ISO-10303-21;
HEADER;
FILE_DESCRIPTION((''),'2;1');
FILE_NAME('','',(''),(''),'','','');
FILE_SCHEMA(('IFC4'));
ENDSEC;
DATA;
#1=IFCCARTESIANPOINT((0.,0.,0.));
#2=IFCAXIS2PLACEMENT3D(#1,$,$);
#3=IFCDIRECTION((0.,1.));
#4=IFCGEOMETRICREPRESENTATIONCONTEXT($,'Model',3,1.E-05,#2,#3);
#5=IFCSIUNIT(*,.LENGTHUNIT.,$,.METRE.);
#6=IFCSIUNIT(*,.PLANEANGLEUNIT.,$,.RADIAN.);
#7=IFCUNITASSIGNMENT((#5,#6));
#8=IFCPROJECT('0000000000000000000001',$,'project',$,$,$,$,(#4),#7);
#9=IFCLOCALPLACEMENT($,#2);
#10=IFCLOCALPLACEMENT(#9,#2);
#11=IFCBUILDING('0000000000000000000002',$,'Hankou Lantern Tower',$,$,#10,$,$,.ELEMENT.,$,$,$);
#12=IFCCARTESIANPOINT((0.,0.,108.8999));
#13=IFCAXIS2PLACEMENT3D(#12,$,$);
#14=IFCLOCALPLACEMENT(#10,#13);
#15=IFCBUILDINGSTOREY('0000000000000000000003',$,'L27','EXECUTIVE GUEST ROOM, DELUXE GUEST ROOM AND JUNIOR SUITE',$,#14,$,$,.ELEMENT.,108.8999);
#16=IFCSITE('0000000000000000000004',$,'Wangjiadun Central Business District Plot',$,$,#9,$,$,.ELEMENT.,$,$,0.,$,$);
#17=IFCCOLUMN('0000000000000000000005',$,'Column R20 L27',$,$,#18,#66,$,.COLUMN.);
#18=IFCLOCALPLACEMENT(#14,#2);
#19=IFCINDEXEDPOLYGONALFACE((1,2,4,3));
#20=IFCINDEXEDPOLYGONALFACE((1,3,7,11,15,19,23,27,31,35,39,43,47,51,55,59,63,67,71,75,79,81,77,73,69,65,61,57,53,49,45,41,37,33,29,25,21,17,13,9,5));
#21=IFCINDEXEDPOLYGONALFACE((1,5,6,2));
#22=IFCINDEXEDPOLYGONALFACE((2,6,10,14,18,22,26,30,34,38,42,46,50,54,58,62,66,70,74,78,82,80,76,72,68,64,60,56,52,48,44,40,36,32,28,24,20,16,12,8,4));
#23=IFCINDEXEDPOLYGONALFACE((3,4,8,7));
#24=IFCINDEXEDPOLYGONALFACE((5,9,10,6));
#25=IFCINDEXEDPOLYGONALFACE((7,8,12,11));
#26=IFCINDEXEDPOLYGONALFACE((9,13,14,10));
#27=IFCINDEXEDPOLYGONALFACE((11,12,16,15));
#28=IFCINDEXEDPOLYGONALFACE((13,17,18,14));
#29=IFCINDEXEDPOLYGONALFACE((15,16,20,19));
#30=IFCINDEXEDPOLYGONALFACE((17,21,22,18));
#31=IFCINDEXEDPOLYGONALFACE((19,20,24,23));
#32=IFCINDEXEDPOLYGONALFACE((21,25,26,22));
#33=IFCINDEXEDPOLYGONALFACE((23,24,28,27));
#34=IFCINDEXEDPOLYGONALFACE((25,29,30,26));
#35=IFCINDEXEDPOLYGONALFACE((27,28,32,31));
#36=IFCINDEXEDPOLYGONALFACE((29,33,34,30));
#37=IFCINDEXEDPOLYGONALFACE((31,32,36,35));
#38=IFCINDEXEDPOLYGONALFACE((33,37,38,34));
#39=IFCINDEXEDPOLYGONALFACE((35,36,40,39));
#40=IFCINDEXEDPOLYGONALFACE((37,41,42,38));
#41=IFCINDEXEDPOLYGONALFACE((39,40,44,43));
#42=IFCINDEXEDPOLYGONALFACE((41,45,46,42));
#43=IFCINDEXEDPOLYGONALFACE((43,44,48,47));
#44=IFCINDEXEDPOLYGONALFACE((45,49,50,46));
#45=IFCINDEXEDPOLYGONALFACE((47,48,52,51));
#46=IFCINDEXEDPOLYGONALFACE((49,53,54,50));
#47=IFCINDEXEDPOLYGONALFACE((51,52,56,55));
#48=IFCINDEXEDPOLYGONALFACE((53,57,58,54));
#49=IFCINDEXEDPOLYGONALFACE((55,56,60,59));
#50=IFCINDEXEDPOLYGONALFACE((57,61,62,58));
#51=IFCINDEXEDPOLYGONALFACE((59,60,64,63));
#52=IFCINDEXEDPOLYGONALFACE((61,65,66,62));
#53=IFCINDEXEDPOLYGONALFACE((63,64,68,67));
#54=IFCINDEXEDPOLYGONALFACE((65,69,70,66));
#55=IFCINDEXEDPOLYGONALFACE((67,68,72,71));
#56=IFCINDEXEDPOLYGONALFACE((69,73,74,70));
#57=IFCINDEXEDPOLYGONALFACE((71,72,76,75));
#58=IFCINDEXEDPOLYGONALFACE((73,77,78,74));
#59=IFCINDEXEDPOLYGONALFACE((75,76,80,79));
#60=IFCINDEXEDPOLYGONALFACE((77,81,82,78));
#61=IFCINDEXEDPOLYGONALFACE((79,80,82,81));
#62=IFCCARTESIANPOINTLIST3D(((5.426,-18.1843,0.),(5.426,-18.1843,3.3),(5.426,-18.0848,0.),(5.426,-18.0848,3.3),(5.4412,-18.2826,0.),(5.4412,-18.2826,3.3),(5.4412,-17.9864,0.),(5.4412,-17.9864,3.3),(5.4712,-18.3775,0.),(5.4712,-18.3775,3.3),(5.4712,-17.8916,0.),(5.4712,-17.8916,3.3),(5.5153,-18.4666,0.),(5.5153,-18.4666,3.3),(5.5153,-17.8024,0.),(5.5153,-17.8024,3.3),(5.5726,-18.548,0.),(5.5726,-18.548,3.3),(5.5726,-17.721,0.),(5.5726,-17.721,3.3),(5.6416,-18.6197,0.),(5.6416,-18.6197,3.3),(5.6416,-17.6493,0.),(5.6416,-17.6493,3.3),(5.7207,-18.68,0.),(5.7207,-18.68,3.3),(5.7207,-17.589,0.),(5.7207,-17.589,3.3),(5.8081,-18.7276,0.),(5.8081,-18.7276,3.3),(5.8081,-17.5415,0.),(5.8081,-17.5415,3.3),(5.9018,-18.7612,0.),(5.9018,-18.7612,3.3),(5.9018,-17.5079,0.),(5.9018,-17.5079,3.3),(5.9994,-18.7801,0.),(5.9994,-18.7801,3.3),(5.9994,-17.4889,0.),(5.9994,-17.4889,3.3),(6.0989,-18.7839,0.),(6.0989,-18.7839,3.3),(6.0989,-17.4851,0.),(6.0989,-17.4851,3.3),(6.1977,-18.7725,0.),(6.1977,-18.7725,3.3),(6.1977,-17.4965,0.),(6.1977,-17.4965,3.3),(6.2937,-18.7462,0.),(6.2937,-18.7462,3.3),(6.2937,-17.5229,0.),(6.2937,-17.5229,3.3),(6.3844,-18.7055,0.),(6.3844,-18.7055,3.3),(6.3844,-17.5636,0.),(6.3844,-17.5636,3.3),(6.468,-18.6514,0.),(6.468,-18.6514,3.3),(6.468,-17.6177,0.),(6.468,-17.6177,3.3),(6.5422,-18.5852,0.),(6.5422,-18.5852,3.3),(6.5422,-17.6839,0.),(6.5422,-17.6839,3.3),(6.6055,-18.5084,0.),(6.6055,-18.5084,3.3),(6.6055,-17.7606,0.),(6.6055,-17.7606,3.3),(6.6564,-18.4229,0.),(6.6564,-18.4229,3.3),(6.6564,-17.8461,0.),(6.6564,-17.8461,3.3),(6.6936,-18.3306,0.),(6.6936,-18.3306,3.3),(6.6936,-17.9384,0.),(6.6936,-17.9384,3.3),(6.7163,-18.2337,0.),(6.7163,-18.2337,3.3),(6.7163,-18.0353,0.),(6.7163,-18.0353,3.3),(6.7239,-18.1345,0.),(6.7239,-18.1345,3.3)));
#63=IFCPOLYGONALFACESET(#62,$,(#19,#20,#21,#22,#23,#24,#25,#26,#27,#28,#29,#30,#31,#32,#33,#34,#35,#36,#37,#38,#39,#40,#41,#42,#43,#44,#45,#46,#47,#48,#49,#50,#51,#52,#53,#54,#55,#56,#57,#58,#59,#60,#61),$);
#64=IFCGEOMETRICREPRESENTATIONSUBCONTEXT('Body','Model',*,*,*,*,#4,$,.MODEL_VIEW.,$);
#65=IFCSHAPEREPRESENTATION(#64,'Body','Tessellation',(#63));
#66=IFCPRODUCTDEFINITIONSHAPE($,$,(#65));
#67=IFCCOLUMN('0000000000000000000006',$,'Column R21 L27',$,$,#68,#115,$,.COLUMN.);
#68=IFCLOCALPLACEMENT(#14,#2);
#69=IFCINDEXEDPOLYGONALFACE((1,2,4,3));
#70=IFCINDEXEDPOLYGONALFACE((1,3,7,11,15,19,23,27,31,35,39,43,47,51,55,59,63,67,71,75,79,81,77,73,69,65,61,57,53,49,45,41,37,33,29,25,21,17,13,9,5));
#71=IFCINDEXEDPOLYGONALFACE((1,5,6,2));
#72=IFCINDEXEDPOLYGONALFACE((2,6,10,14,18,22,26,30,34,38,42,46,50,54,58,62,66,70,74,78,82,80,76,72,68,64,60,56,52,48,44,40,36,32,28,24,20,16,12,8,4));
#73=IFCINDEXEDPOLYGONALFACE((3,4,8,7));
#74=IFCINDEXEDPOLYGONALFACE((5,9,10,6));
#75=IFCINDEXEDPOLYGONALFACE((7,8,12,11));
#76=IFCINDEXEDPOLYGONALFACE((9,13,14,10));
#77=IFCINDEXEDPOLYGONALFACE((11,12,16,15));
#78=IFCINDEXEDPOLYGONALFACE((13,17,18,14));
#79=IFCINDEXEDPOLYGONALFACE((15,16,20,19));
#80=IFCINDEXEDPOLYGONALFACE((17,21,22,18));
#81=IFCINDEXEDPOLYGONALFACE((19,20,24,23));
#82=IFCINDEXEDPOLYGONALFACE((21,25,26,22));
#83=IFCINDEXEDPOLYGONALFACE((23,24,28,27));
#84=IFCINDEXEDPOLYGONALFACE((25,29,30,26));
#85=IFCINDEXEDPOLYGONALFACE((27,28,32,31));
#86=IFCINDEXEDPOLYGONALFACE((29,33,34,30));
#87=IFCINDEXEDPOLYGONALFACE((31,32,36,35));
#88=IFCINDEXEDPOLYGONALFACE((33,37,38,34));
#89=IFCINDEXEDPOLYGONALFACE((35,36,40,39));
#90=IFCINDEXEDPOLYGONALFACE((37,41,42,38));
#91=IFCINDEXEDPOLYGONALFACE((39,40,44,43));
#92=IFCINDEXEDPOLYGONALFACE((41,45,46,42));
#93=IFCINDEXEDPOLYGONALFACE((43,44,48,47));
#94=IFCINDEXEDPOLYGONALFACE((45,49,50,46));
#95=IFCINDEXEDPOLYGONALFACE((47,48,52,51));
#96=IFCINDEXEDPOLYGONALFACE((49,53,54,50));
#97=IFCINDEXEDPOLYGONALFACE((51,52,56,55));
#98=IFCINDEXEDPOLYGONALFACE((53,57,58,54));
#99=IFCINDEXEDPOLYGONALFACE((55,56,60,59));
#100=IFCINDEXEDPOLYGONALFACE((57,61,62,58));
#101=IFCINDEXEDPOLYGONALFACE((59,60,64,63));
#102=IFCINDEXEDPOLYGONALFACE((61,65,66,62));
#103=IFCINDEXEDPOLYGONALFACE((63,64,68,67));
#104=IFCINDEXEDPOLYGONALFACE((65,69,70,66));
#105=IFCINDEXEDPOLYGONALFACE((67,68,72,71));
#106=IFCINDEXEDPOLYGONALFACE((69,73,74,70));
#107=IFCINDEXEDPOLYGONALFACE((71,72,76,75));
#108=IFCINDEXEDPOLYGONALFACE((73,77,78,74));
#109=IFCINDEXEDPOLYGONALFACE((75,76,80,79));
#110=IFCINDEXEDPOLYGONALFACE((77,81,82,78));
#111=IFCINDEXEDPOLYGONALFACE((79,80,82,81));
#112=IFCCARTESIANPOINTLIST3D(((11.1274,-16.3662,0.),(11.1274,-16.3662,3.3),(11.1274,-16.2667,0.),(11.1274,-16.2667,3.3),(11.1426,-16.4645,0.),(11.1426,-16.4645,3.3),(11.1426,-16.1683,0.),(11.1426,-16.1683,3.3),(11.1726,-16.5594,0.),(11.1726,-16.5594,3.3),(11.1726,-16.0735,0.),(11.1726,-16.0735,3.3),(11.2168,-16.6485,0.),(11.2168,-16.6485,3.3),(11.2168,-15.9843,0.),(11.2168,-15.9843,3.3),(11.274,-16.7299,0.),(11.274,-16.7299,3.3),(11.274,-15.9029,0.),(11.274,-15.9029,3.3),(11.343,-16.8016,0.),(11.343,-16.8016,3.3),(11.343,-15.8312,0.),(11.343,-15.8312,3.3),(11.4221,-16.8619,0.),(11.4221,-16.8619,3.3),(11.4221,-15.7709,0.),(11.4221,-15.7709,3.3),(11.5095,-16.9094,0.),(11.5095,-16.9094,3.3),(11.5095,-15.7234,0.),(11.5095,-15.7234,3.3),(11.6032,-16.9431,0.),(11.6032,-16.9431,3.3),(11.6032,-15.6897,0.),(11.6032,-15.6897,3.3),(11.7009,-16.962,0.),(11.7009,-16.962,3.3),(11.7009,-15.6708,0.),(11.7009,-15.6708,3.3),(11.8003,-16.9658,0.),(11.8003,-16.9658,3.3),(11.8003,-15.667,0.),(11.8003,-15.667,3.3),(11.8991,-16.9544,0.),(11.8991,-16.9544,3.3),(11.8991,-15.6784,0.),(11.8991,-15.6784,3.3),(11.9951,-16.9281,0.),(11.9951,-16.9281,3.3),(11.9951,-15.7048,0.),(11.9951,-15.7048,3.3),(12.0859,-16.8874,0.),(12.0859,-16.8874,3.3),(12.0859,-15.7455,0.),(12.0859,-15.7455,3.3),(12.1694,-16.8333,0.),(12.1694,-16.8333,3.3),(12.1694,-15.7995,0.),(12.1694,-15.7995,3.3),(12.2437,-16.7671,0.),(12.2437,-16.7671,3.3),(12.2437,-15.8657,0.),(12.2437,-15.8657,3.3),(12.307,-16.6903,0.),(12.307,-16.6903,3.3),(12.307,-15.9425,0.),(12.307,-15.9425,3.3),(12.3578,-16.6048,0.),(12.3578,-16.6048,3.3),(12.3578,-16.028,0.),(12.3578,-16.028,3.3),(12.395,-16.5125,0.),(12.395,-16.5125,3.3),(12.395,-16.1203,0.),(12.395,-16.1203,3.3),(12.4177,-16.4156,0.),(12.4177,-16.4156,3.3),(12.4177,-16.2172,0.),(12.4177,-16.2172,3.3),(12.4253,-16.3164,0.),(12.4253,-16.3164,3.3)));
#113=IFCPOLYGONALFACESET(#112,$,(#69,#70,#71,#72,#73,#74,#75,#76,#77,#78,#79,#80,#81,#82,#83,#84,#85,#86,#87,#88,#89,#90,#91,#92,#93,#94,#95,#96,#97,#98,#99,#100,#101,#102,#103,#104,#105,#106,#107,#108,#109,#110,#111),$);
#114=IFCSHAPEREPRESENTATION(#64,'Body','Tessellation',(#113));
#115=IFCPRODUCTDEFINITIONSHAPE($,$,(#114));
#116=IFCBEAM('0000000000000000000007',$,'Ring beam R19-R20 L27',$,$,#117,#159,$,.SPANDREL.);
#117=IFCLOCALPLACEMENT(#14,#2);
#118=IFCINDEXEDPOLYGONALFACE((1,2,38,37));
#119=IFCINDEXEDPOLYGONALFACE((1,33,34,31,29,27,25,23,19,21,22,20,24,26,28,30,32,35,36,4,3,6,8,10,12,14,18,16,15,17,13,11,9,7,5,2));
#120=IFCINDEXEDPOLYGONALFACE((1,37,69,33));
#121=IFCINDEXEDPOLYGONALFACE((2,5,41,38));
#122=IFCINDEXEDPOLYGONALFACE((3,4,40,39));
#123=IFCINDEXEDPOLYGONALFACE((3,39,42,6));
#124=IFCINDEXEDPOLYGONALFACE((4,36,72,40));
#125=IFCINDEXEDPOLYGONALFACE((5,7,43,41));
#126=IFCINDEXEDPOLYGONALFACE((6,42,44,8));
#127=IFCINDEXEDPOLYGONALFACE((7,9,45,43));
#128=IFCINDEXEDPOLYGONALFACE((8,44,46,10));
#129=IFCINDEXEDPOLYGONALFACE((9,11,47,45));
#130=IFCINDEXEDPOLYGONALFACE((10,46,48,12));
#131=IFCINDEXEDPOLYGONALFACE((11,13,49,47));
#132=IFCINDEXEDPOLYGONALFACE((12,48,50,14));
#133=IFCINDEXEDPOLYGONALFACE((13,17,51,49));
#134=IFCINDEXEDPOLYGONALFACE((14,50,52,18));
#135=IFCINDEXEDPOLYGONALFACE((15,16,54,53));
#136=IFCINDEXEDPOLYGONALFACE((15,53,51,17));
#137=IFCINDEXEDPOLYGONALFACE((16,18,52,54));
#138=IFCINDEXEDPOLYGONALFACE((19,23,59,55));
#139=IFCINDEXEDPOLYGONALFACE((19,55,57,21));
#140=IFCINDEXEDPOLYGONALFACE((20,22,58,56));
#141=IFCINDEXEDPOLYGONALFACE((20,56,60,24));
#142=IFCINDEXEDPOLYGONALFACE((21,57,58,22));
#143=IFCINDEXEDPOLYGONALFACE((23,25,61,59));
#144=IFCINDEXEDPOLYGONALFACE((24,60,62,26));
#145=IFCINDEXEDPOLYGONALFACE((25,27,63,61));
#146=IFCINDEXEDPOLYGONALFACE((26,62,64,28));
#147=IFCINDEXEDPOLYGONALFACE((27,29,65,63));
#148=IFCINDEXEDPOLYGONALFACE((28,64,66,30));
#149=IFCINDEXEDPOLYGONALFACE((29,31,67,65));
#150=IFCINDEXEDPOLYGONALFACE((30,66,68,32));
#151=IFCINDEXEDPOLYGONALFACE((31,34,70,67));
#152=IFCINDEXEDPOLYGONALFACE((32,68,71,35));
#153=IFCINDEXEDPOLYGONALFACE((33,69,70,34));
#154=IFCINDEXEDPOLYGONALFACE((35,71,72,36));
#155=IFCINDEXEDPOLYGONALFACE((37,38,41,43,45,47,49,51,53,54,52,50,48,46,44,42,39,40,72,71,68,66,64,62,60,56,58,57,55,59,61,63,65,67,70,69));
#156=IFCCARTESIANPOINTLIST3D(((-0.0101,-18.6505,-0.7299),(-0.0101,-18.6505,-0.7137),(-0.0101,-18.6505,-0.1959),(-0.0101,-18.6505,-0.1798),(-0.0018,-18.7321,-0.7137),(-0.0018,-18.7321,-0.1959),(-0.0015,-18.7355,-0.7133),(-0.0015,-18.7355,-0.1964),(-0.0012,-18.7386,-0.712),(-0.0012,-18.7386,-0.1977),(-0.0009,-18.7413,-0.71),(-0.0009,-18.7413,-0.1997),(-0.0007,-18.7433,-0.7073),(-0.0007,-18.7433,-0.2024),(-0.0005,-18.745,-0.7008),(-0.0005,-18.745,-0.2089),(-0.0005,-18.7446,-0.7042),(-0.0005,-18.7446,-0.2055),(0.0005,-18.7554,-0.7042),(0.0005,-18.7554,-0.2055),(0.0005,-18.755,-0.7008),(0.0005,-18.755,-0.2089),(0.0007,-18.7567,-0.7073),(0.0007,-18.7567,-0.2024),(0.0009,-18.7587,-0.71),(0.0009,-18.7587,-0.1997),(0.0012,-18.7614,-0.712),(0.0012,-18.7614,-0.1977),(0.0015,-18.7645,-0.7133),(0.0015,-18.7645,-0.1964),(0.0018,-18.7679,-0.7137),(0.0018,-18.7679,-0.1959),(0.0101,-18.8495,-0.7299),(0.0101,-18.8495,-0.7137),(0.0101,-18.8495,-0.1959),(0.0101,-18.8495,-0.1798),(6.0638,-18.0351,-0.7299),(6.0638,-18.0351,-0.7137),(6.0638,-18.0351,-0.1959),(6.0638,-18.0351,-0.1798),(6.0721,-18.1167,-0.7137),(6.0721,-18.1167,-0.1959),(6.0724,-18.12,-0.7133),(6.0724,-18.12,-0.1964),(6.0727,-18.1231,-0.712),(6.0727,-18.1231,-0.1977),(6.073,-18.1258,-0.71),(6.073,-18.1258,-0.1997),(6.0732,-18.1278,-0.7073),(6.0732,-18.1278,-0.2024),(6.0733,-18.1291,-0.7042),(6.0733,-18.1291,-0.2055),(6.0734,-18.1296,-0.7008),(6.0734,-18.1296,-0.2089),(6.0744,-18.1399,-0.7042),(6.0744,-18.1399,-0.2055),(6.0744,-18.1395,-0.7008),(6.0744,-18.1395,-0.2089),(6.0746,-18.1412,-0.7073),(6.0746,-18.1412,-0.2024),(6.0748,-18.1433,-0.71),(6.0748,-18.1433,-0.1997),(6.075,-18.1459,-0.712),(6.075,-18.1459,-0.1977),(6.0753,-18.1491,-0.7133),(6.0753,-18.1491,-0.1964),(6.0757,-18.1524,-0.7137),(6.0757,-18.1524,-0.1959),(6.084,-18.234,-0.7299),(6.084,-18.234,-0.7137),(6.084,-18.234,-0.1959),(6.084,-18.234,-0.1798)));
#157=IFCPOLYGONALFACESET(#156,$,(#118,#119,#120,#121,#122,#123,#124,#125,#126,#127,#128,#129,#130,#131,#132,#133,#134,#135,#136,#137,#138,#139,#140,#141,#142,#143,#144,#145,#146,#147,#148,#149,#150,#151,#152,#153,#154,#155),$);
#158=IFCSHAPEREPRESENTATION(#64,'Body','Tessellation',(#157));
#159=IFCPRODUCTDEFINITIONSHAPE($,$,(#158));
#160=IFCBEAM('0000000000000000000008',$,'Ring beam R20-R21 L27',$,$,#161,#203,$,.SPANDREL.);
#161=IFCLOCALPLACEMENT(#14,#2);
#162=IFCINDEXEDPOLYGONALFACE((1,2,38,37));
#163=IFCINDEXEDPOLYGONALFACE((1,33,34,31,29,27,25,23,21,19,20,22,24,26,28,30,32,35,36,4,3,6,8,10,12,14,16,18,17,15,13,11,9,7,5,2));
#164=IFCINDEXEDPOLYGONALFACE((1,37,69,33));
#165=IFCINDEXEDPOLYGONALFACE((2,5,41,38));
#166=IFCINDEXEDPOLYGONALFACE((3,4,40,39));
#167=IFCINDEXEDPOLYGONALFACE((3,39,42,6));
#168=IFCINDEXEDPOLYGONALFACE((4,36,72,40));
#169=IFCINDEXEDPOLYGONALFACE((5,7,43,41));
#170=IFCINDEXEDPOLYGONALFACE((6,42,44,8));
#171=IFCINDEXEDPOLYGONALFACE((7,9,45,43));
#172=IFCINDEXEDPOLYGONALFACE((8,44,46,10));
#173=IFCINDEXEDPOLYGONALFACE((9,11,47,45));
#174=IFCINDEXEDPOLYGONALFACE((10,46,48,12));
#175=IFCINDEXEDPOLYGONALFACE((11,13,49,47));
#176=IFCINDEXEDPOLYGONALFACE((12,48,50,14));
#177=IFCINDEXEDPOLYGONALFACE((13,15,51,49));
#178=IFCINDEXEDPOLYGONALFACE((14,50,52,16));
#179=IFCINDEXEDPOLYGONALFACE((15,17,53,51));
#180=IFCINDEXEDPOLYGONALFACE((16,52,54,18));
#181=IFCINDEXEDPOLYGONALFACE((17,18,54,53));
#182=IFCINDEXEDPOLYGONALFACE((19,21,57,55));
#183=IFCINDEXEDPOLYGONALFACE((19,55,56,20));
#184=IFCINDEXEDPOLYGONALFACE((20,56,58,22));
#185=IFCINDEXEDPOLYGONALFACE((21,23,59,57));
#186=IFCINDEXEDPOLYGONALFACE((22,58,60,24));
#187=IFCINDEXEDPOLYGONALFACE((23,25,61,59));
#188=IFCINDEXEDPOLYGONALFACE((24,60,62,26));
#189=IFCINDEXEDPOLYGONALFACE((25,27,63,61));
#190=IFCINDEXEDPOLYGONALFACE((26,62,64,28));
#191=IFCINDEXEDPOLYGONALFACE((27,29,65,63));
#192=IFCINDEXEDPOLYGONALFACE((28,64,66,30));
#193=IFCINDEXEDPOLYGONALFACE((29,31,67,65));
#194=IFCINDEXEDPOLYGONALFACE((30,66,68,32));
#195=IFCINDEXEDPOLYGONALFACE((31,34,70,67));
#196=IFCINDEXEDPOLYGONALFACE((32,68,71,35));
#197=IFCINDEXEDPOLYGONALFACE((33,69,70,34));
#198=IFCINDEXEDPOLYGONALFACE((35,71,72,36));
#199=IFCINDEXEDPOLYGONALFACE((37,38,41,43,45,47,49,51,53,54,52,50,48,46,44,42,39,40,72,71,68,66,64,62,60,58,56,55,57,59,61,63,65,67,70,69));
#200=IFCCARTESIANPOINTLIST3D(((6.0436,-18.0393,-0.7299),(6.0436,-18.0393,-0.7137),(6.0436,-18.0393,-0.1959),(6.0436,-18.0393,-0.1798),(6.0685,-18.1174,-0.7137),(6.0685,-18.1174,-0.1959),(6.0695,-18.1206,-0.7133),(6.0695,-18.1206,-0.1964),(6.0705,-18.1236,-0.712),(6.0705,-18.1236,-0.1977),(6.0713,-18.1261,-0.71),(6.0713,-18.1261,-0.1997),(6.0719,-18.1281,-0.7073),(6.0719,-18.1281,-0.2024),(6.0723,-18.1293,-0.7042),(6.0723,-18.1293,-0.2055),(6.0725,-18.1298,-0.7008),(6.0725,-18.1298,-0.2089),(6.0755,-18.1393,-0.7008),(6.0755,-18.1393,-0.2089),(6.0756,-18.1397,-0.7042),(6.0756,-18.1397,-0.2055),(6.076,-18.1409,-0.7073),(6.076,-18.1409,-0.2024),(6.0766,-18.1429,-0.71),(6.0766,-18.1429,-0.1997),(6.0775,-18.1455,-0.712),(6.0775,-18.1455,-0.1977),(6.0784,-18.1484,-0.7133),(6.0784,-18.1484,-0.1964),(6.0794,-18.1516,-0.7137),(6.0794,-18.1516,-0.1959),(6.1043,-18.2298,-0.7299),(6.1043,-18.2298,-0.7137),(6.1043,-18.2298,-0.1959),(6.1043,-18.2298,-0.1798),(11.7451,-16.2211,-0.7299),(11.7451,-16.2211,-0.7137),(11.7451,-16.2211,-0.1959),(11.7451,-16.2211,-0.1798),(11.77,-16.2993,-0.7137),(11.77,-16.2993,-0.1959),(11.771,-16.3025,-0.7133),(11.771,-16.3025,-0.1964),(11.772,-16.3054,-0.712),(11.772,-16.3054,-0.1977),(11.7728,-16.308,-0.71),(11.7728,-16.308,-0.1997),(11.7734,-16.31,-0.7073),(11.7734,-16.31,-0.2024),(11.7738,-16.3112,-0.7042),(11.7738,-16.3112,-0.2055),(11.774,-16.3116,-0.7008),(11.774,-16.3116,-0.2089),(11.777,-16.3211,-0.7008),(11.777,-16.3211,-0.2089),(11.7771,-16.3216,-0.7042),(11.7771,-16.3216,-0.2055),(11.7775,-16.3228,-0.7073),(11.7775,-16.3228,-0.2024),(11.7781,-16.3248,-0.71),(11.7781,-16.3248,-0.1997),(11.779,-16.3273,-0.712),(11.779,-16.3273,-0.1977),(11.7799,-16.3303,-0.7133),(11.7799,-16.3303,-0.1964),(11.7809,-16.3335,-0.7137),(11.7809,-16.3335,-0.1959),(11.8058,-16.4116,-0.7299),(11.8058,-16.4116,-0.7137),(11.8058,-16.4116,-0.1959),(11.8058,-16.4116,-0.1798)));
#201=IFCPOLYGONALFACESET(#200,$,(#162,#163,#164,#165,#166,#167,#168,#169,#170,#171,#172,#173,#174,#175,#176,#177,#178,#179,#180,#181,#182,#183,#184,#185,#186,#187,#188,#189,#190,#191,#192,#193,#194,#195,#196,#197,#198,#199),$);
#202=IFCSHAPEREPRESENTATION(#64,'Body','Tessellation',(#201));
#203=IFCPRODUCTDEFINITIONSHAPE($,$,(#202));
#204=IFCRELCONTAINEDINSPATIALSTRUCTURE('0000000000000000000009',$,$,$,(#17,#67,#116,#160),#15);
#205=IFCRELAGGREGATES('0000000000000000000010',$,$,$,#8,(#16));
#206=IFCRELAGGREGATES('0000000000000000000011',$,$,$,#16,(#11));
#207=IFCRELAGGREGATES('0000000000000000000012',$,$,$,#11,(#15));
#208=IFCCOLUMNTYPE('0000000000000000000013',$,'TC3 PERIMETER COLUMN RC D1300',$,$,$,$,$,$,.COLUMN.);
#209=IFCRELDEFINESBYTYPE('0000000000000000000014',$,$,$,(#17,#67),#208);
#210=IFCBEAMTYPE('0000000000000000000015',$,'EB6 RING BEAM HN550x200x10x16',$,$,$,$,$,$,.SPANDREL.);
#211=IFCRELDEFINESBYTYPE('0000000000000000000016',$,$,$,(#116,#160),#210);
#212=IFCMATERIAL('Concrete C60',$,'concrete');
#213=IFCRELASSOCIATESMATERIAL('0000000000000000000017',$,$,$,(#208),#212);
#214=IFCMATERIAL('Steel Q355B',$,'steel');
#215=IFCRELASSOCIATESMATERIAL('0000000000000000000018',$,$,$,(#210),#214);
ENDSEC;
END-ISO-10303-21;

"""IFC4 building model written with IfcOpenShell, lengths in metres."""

from ifc_helpers import new_model, si_unit, direction, frame, origin, origin_2d, place, context, subcontext, project, spatial, circle, i_section, extrude, material, material_profile, profile_set, type_object, element, save


model = new_model("IFC4")

# Units and contexts
model_context = context("Model", 3, precision=1e-05, world=origin(), true_north=direction((0.0, 1.0)))
body_context = subcontext(model_context, "Body", "Model", "MODEL_VIEW")
ifc_project = project(units=[si_unit("LENGTHUNIT", "METRE"), si_unit("PLANEANGLEUNIT", "RADIAN")], contexts=[model_context])

# Site, building, storey
site_placement = place(None, origin())
site = spatial("IfcSite", under=ifc_project, at=site_placement, Name="Wangjiadun Central Business District Plot", CompositionType="ELEMENT", RefElevation=0.0)
building_placement = place(site_placement, origin())
building = spatial("IfcBuilding", under=site, at=building_placement, Name="Hankou Lantern Tower", CompositionType="ELEMENT")
storey_placement = place(building_placement, frame((0.0, 0.0, 108.8999)))
storey = spatial("IfcBuildingStorey", under=building, at=storey_placement, Name="L27", Description="EXECUTIVE GUEST ROOM, DELUXE GUEST ROOM AND JUNIOR SUITE", CompositionType="ELEMENT", Elevation=108.8999)

# Columns
ifc_material_1 = material(Name="Concrete C60", Category="concrete")
ifc_material_profile_1 = material_profile(ifc_material_1, circle(Radius=0.6499, at=origin_2d()), Name="RC D1300")
ifc_profile_set_1 = profile_set([ifc_material_profile_1], Name="Concrete C60")
column_type = type_object("IfcColumnType", Name="TC3 PERIMETER COLUMN RC D1300", PredefinedType="COLUMN", material=ifc_profile_set_1)
for number, where, z_axis, x_axis, name in (
    (1, (6.074, -18.1345, 0.0), (0.0, 0.0, 1.0), (1.0, 0.0, 0.0), "Column R20 L27"),
    (2, (11.7754, -16.3164, 0.0), (0.0, 0.0, 1.0), (1.0, 0.0, 0.0), "Column R21 L27"),
):
    element("IfcColumn", number, at=place(storey_placement, frame(where, z_axis=z_axis, x_axis=x_axis)), inside=storey, type_object=column_type, Name=name, PredefinedType="COLUMN", context=body_context, shape_type="SweptSolid", body=[
        extrude(circle(Radius=0.6499, at=origin_2d()), origin(), (0.0, 0.0, 1.0), 3.3),
    ])

# Beams
ifc_material_2 = material(Name="Steel Q355B", Category="steel")
ifc_material_profile_2 = material_profile(ifc_material_2, i_section(OverallWidth=0.2, OverallDepth=0.55, WebThickness=0.01, FlangeThickness=0.0161, FilletRadius=0.0129, at=origin_2d()), Name="HN550x200x10x16")
ifc_profile_set_2 = profile_set([ifc_material_profile_2], Name="Steel Q355B")
beam_type_1 = type_object("IfcBeamType", Name="EB6 RING BEAM HN550x200x10x16", PredefinedType="SPANDREL", material=ifc_profile_set_2)
beam_1_placement = place(storey_placement, frame((0.0, -18.75, -0.4548), z_axis=(0.994905, 0.100814, 0.0), x_axis=(-0.100814, 0.994905, 0.0)))
element("IfcBeam", 3, at=beam_1_placement, inside=storey, type_object=beam_type_1, Name="Ring beam R19-R20 L27", PredefinedType="SPANDREL", context=body_context, shape_type="SweptSolid", body=[
    extrude(i_section(OverallWidth=0.2, OverallDepth=0.55, WebThickness=0.01, FlangeThickness=0.0161, FilletRadius=0.0129, at=origin_2d()), origin(), (0.0, 0.0, 1.0), 6.105),
])
beam_2_placement = place(storey_placement, frame((6.074, -18.1345, -0.4548), z_axis=(0.952731, 0.303815, 0.0), x_axis=(-0.303815, 0.952731, 0.0)))
element("IfcBeam", 4, at=beam_2_placement, inside=storey, type_object=beam_type_1, Name="Ring beam R20-R21 L27", PredefinedType="SPANDREL", context=body_context, shape_type="SweptSolid", body=[
    extrude(i_section(OverallWidth=0.2, OverallDepth=0.55, WebThickness=0.01, FlangeThickness=0.0161, FilletRadius=0.0129, at=origin_2d()), origin(), (0.0, 0.0, 1.0), 5.9844),
])

save(model, "model.ifc")
